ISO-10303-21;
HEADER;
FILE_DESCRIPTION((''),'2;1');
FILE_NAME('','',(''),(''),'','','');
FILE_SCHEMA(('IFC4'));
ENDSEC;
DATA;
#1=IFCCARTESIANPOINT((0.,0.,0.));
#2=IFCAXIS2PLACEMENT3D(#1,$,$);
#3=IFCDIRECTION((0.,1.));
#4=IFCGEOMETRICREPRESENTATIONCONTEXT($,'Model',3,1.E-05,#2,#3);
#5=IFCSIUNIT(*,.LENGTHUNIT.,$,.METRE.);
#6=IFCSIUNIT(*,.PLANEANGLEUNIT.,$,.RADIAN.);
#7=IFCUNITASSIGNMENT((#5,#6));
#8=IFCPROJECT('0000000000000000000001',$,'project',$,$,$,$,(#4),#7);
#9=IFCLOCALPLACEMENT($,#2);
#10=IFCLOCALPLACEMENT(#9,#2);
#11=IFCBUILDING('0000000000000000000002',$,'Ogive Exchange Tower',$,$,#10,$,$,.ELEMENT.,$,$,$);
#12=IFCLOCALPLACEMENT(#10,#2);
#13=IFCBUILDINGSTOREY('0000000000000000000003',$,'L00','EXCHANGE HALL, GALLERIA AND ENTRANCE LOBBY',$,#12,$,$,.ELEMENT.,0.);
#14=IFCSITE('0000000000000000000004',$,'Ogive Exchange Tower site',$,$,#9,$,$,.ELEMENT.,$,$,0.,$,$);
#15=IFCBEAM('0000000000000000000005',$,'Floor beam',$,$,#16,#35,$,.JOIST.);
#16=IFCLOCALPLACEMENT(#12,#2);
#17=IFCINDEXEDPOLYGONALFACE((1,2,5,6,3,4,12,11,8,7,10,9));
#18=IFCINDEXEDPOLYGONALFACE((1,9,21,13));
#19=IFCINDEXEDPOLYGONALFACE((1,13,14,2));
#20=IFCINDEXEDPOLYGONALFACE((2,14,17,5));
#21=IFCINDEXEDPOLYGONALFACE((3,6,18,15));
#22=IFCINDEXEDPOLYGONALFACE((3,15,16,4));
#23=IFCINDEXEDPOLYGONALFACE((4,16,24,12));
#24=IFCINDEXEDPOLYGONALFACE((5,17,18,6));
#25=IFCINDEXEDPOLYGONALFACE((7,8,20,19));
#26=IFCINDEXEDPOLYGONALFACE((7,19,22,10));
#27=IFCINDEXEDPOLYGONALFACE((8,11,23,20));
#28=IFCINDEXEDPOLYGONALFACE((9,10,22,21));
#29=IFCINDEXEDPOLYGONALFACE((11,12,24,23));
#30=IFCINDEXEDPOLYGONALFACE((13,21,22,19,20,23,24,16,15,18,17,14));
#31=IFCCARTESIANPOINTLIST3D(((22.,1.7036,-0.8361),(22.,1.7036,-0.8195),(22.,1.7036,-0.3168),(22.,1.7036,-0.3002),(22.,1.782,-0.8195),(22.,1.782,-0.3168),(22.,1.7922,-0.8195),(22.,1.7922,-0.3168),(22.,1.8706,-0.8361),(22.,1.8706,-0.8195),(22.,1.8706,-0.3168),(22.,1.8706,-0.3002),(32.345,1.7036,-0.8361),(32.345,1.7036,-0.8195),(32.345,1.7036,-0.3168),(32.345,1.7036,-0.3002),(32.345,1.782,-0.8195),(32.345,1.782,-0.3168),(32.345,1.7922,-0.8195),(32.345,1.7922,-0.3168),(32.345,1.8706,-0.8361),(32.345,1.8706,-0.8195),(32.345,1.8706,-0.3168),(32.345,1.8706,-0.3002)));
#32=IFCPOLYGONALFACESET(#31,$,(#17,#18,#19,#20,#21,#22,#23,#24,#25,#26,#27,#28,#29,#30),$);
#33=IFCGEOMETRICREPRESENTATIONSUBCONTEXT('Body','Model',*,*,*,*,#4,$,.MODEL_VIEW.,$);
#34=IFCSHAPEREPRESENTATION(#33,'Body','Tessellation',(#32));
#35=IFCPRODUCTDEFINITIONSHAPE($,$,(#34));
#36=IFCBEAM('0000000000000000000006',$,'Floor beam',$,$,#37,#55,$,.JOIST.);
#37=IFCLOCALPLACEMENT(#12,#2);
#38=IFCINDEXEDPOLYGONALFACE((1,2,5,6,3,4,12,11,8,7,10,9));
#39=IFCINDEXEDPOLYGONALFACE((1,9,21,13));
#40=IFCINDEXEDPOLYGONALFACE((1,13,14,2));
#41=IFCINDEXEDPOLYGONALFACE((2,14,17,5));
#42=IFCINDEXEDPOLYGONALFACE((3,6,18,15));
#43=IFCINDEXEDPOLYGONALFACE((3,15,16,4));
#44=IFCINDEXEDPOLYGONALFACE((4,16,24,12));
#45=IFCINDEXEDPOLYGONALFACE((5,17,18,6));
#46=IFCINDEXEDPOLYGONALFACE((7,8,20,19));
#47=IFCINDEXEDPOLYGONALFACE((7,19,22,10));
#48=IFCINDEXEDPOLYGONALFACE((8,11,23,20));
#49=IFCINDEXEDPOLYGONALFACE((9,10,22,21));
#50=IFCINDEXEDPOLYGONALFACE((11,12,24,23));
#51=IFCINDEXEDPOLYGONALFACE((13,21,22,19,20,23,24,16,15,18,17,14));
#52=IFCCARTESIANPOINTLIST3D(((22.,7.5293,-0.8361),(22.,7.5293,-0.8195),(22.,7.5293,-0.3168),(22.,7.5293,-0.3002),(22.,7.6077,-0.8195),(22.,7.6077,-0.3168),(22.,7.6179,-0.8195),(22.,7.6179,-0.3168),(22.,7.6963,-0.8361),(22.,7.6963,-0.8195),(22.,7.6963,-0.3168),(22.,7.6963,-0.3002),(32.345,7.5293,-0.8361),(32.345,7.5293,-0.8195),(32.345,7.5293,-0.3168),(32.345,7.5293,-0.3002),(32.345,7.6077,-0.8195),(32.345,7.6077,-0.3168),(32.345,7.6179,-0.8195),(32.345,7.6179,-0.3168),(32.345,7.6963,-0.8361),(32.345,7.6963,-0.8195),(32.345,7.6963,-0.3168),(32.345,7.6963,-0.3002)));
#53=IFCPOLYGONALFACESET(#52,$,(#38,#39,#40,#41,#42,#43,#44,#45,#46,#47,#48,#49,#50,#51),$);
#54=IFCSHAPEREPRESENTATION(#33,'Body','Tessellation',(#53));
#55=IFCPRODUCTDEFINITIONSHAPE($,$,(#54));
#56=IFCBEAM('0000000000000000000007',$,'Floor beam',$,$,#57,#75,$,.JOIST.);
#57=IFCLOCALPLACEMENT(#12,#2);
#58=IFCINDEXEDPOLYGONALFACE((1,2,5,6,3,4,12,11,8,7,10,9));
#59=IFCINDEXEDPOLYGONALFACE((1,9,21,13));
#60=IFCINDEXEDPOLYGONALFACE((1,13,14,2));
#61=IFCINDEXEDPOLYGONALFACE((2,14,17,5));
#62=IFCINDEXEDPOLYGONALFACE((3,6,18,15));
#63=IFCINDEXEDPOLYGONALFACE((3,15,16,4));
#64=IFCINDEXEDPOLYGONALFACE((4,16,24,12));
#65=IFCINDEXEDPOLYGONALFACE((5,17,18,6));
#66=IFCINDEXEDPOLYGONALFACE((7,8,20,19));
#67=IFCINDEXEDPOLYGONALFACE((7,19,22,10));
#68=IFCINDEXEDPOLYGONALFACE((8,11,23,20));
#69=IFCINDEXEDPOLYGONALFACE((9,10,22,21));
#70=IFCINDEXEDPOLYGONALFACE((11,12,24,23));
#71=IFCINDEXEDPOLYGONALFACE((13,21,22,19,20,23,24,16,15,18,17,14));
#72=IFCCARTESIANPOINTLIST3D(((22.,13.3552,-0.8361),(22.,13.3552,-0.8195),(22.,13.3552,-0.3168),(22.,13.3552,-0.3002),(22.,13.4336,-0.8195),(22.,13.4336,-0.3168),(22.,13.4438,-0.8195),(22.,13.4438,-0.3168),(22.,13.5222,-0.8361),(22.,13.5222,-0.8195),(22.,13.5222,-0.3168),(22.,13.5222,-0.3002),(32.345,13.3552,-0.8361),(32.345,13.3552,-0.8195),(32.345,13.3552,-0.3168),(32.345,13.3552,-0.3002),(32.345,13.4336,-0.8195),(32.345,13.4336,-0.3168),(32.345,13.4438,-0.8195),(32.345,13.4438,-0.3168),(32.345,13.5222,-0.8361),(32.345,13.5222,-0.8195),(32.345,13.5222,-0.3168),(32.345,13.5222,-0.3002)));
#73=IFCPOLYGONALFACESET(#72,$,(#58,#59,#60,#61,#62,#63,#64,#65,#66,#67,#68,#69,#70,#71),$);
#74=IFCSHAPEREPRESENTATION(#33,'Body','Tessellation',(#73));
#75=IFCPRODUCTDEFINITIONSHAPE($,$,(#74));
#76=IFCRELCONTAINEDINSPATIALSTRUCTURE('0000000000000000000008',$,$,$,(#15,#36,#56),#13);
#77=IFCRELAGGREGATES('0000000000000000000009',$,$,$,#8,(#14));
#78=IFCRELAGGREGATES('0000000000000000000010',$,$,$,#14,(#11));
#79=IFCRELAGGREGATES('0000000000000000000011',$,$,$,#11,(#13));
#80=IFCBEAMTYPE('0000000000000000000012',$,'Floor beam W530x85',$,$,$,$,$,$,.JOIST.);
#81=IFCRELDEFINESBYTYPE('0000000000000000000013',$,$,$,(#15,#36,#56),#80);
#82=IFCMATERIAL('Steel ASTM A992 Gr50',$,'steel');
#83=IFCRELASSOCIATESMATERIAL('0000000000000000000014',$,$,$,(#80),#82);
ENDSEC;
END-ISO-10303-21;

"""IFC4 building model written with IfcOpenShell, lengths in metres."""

from ifc_helpers import new_model, si_unit, direction, frame, origin, origin_2d, place, context, subcontext, project, spatial, i_section, extrude, material, material_profile, profile_set, type_object, element, save


model = new_model("IFC4")

# Units and contexts
model_context = context("Model", 3, precision=1e-05, world=origin(), true_north=direction((0.0, 1.0)))
body_context = subcontext(model_context, "Body", "Model", "MODEL_VIEW")
ifc_project = project(units=[si_unit("LENGTHUNIT", "METRE"), si_unit("PLANEANGLEUNIT", "RADIAN")], contexts=[model_context])

# Site, building, storey
site_placement = place(None, origin())
site = spatial("IfcSite", under=ifc_project, at=site_placement, Name="Ogive Exchange Tower site", CompositionType="ELEMENT", RefElevation=0.0)
building_placement = place(site_placement, origin())
building = spatial("IfcBuilding", under=site, at=building_placement, Name="Ogive Exchange Tower", CompositionType="ELEMENT")
storey_placement = place(building_placement, origin())
storey = spatial("IfcBuildingStorey", under=building, at=storey_placement, Name="L00", Description="EXCHANGE HALL, GALLERIA AND ENTRANCE LOBBY", CompositionType="ELEMENT", Elevation=0.0)

# Beams
ifc_material_1 = material(Name="Steel ASTM A992 Gr50", Category="steel")
ifc_material_profile = material_profile(ifc_material_1, i_section(OverallWidth=0.167, OverallDepth=0.5359, WebThickness=0.0103, FlangeThickness=0.0166, at=origin_2d()), Name="W530x85")
ifc_profile_set = profile_set([ifc_material_profile], Name="Steel ASTM A992 Gr50")
beam_type = type_object("IfcBeamType", Name="Floor beam W530x85", PredefinedType="JOIST", material=ifc_profile_set)
for number, where, z_axis, x_axis, name in (
    (1, (22.0, 1.7871, -0.5681), (1.0, 0.0, 0.0), (0.0, 1.0, 0.0), "Floor beam"),
    (2, (22.0, 7.6128, -0.5681), (1.0, 0.0, 0.0), (0.0, 1.0, 0.0), "Floor beam"),
    (3, (22.0, 13.4387, -0.5681), (1.0, 0.0, 0.0), (0.0, 1.0, 0.0), "Floor beam"),
):
    element("IfcBeam", number, at=place(storey_placement, frame(where, z_axis=z_axis, x_axis=x_axis)), inside=storey, type_object=beam_type, Name=name, PredefinedType="JOIST", context=body_context, shape_type="SweptSolid", body=[
        extrude(i_section(OverallWidth=0.167, OverallDepth=0.5359, WebThickness=0.0103, FlangeThickness=0.0166, at=origin_2d()), origin(), (0.0, 0.0, 1.0), 10.345),
    ])

save(model, "model.ifc")
